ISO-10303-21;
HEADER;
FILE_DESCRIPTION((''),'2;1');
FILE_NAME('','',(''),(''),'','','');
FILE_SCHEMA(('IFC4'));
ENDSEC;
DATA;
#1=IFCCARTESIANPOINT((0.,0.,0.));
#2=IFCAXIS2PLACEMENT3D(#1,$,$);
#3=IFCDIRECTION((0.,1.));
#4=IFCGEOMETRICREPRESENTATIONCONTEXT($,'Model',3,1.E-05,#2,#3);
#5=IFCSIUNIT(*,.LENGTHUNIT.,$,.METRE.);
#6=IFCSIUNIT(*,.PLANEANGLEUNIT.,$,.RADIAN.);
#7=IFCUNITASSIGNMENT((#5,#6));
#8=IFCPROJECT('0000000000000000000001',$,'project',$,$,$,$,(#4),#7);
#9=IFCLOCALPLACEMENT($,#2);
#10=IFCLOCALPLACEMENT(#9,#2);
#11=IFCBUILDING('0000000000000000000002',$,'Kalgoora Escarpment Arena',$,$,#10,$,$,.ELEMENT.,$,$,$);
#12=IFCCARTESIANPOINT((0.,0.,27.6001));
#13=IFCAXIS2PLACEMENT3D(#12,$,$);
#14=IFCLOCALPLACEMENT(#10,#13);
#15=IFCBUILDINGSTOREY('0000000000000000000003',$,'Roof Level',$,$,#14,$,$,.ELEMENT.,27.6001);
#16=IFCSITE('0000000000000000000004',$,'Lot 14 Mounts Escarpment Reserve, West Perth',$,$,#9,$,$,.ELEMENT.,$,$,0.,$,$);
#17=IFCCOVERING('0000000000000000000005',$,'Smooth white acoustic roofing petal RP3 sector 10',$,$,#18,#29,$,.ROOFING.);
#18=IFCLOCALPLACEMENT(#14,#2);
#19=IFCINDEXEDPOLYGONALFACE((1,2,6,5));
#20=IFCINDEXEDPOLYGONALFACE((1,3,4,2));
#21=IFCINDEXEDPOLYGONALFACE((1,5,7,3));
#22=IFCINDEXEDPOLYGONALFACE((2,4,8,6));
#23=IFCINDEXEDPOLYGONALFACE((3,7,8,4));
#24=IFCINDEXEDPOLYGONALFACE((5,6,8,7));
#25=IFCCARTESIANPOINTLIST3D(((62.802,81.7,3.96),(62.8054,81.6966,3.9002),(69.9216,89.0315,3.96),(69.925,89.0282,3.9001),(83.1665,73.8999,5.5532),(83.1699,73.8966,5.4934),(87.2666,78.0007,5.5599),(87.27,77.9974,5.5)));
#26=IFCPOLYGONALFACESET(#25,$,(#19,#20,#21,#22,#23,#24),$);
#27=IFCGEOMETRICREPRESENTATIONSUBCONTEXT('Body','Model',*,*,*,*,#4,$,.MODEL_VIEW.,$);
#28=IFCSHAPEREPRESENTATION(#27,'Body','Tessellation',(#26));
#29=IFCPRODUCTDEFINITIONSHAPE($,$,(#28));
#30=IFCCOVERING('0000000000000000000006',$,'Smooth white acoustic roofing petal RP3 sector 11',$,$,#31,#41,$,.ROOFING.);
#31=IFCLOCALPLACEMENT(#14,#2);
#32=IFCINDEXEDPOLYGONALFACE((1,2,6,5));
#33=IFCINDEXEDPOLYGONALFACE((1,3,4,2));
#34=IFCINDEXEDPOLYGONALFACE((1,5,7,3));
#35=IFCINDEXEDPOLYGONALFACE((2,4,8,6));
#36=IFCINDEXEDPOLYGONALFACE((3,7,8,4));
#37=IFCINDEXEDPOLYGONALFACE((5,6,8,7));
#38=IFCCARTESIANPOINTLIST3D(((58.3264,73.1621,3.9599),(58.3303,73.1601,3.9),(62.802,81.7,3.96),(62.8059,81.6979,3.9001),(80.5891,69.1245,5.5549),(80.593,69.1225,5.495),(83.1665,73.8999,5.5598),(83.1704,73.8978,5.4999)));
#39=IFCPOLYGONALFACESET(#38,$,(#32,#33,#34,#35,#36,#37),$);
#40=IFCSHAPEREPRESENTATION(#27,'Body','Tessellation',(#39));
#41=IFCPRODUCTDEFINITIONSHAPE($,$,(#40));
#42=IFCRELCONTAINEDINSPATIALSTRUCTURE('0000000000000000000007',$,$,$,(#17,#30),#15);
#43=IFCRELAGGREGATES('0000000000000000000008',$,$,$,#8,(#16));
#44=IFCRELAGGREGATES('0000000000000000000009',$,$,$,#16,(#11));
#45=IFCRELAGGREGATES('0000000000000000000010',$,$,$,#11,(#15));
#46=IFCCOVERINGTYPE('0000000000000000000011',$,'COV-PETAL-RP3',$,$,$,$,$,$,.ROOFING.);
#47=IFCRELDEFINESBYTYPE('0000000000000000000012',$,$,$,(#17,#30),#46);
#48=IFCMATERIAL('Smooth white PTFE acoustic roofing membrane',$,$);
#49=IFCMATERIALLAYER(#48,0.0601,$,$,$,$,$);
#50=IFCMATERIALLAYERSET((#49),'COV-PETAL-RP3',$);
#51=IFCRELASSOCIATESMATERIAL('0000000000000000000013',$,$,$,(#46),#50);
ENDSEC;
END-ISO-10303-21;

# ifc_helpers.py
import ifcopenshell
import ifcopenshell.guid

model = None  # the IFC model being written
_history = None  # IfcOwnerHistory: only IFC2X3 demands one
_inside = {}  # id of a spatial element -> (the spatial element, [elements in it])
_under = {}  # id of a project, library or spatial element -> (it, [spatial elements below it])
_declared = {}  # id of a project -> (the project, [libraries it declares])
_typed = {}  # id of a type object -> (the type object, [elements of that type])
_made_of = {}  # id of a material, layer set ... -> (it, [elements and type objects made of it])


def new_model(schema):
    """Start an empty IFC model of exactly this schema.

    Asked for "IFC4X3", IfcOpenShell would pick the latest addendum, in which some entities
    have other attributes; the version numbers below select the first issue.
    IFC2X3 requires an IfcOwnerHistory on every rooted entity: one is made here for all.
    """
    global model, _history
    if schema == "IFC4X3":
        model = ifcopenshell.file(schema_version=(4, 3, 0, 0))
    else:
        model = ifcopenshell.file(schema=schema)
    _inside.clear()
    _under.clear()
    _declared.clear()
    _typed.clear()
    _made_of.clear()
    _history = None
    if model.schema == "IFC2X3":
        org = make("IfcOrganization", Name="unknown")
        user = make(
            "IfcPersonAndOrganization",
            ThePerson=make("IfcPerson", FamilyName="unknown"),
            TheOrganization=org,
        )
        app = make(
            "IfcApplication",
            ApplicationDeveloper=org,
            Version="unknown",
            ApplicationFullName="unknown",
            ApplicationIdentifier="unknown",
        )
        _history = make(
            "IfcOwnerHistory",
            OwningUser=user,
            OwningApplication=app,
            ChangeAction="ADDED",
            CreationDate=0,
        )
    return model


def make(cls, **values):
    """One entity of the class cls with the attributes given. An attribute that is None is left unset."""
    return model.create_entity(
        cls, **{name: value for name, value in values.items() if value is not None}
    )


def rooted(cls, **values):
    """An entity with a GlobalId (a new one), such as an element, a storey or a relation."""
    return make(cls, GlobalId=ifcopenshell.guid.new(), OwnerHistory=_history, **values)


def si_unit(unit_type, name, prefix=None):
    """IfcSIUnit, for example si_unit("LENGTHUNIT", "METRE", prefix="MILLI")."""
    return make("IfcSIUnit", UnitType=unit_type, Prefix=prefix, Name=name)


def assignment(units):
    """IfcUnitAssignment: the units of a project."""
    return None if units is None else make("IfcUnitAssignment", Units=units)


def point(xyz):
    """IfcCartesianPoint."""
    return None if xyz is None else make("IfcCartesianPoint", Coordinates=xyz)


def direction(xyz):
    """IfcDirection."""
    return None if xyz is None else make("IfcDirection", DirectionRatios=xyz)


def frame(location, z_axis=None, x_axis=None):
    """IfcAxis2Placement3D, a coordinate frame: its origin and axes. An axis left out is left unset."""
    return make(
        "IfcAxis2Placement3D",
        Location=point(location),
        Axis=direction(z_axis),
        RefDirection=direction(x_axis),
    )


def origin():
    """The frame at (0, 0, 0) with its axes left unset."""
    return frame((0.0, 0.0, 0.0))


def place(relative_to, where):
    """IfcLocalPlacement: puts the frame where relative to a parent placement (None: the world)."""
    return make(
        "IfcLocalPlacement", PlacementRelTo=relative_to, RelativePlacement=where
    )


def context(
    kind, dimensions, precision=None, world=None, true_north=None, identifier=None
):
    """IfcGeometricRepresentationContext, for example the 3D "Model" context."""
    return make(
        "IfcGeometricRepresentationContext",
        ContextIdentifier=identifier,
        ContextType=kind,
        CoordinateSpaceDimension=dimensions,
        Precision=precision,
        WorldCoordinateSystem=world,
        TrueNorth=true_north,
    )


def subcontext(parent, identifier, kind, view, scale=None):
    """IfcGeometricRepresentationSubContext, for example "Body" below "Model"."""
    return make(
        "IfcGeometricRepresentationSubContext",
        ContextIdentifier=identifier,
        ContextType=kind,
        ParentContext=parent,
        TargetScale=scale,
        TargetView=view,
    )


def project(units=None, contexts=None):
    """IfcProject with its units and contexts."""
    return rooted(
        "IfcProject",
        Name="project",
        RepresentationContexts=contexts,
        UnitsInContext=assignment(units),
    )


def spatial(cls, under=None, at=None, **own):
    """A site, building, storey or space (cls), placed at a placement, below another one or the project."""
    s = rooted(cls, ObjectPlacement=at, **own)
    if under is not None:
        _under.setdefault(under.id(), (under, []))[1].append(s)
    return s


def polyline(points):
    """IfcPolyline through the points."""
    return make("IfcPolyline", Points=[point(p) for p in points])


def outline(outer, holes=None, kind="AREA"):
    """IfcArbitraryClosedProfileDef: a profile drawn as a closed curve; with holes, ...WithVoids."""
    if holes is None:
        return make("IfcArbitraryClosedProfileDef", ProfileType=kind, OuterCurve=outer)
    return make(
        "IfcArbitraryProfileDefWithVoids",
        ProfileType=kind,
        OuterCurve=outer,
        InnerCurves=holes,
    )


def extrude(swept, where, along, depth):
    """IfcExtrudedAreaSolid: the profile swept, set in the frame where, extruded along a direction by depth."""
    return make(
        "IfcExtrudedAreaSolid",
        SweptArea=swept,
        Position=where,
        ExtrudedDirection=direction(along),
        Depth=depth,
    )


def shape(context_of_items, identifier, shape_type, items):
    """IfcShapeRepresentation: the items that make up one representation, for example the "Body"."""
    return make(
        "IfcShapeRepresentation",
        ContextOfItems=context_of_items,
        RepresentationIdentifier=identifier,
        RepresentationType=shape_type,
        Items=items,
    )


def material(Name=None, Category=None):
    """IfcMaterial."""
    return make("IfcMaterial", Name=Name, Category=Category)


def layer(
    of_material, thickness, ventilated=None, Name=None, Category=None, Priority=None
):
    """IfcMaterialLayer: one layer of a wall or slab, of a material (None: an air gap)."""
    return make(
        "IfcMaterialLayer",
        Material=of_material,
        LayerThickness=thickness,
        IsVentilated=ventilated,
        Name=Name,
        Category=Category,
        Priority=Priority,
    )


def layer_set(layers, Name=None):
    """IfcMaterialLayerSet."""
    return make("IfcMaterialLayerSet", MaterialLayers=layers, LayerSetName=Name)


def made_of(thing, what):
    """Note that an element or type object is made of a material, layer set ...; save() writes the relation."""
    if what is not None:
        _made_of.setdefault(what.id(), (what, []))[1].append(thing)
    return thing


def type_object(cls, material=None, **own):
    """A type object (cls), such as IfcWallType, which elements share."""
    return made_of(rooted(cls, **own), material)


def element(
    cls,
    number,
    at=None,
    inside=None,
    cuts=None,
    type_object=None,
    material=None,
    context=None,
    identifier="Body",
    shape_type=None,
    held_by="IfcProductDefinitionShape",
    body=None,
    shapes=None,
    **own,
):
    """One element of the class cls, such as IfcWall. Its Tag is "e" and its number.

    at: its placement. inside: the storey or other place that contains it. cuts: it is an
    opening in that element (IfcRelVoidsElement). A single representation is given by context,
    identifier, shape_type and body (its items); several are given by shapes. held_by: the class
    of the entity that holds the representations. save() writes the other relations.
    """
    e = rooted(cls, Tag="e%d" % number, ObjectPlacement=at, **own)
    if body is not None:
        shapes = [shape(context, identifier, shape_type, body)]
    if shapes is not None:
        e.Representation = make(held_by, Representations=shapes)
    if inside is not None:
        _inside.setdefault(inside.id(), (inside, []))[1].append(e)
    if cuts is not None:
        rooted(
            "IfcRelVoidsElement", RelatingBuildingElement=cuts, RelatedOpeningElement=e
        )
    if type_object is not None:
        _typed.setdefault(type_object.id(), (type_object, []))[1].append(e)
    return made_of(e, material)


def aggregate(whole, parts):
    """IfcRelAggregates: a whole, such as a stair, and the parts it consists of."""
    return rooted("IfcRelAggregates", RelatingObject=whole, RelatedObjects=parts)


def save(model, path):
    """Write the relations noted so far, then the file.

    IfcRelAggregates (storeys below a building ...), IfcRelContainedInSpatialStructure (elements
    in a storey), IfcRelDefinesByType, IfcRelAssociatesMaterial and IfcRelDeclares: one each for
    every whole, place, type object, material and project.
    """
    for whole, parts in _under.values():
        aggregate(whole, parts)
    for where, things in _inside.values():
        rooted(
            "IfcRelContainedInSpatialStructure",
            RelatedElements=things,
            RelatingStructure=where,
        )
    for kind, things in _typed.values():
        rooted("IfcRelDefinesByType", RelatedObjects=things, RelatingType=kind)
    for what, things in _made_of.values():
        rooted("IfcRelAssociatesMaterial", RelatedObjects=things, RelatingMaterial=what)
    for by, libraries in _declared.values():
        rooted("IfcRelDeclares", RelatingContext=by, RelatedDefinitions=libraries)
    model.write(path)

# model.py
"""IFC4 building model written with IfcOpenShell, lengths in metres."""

from ifc_helpers import new_model, si_unit, direction, frame, origin, place, context, subcontext, project, spatial, polyline, outline, extrude, material, layer, layer_set, type_object, element, save


model = new_model("IFC4")

# Units and contexts
model_context = context("Model", 3, precision=1e-05, world=origin(), true_north=direction((0.0, 1.0)))
body_context = subcontext(model_context, "Body", "Model", "MODEL_VIEW")
ifc_project = project(units=[si_unit("LENGTHUNIT", "METRE"), si_unit("PLANEANGLEUNIT", "RADIAN")], contexts=[model_context])

# Site, building, storey
site_placement = place(None, origin())
site = spatial("IfcSite", under=ifc_project, at=site_placement, Name="Lot 14 Mounts Escarpment Reserve, West Perth", CompositionType="ELEMENT", RefElevation=0.0)
building_placement = place(site_placement, origin())
building = spatial("IfcBuilding", under=site, at=building_placement, Name="Kalgoora Escarpment Arena", CompositionType="ELEMENT")
storey_placement = place(building_placement, frame((0.0, 0.0, 27.6001)))
storey = spatial("IfcBuildingStorey", under=building, at=storey_placement, Name="Roof Level", CompositionType="ELEMENT", Elevation=27.6001)

# Coverings
ifc_material_1 = material(Name="Smooth white PTFE acoustic roofing membrane")
ifc_layer_1 = layer(ifc_material_1, 0.0601)
ifc_layer_set_1 = layer_set([ifc_layer_1], Name="COV-PETAL-RP3")
covering_type = type_object("IfcCoveringType", Name="COV-PETAL-RP3", PredefinedType="ROOFING", material=ifc_layer_set_1)
covering_1_placement = place(storey_placement, frame((69.9216, 89.0315, 3.96), z_axis=(-0.056841, 0.055209, 0.996856), x_axis=(-0.696663, -0.717398, 0.000008)))
element("IfcCovering", 1, at=covering_1_placement, inside=storey, type_object=covering_type, Name="Smooth white acoustic roofing petal RP3 sector 10", PredefinedType="ROOFING", context=body_context, shape_type="SweptSolid", body=[
    extrude(outline(polyline([(0.0, 0.0), (10.2196, 0.0), (1.6282, 20.1067), (-4.1701, 20.1915), (0.0, 0.0)])), origin(), (0.0, 0.0, -1.0), 0.0601),
])
covering_2_placement = place(storey_placement, frame((62.802, 81.7, 3.96), z_axis=(-0.065247, 0.0342, 0.997283), x_axis=(-0.464282, -0.885687, -0.000002)))
element("IfcCovering", 2, at=covering_2_placement, inside=storey, type_object=covering_type, Name="Smooth white acoustic roofing petal RP3 sector 11", PredefinedType="ROOFING", context=body_context, shape_type="SweptSolid", body=[
    extrude(outline(polyline([(0.0, 0.0), (9.6398, 0.0), (2.8797, 21.6512), (-2.5465, 21.717), (0.0, 0.0)])), origin(), (0.0, 0.0, -1.0), 0.0601),
])

save(model, "model.ifc")
